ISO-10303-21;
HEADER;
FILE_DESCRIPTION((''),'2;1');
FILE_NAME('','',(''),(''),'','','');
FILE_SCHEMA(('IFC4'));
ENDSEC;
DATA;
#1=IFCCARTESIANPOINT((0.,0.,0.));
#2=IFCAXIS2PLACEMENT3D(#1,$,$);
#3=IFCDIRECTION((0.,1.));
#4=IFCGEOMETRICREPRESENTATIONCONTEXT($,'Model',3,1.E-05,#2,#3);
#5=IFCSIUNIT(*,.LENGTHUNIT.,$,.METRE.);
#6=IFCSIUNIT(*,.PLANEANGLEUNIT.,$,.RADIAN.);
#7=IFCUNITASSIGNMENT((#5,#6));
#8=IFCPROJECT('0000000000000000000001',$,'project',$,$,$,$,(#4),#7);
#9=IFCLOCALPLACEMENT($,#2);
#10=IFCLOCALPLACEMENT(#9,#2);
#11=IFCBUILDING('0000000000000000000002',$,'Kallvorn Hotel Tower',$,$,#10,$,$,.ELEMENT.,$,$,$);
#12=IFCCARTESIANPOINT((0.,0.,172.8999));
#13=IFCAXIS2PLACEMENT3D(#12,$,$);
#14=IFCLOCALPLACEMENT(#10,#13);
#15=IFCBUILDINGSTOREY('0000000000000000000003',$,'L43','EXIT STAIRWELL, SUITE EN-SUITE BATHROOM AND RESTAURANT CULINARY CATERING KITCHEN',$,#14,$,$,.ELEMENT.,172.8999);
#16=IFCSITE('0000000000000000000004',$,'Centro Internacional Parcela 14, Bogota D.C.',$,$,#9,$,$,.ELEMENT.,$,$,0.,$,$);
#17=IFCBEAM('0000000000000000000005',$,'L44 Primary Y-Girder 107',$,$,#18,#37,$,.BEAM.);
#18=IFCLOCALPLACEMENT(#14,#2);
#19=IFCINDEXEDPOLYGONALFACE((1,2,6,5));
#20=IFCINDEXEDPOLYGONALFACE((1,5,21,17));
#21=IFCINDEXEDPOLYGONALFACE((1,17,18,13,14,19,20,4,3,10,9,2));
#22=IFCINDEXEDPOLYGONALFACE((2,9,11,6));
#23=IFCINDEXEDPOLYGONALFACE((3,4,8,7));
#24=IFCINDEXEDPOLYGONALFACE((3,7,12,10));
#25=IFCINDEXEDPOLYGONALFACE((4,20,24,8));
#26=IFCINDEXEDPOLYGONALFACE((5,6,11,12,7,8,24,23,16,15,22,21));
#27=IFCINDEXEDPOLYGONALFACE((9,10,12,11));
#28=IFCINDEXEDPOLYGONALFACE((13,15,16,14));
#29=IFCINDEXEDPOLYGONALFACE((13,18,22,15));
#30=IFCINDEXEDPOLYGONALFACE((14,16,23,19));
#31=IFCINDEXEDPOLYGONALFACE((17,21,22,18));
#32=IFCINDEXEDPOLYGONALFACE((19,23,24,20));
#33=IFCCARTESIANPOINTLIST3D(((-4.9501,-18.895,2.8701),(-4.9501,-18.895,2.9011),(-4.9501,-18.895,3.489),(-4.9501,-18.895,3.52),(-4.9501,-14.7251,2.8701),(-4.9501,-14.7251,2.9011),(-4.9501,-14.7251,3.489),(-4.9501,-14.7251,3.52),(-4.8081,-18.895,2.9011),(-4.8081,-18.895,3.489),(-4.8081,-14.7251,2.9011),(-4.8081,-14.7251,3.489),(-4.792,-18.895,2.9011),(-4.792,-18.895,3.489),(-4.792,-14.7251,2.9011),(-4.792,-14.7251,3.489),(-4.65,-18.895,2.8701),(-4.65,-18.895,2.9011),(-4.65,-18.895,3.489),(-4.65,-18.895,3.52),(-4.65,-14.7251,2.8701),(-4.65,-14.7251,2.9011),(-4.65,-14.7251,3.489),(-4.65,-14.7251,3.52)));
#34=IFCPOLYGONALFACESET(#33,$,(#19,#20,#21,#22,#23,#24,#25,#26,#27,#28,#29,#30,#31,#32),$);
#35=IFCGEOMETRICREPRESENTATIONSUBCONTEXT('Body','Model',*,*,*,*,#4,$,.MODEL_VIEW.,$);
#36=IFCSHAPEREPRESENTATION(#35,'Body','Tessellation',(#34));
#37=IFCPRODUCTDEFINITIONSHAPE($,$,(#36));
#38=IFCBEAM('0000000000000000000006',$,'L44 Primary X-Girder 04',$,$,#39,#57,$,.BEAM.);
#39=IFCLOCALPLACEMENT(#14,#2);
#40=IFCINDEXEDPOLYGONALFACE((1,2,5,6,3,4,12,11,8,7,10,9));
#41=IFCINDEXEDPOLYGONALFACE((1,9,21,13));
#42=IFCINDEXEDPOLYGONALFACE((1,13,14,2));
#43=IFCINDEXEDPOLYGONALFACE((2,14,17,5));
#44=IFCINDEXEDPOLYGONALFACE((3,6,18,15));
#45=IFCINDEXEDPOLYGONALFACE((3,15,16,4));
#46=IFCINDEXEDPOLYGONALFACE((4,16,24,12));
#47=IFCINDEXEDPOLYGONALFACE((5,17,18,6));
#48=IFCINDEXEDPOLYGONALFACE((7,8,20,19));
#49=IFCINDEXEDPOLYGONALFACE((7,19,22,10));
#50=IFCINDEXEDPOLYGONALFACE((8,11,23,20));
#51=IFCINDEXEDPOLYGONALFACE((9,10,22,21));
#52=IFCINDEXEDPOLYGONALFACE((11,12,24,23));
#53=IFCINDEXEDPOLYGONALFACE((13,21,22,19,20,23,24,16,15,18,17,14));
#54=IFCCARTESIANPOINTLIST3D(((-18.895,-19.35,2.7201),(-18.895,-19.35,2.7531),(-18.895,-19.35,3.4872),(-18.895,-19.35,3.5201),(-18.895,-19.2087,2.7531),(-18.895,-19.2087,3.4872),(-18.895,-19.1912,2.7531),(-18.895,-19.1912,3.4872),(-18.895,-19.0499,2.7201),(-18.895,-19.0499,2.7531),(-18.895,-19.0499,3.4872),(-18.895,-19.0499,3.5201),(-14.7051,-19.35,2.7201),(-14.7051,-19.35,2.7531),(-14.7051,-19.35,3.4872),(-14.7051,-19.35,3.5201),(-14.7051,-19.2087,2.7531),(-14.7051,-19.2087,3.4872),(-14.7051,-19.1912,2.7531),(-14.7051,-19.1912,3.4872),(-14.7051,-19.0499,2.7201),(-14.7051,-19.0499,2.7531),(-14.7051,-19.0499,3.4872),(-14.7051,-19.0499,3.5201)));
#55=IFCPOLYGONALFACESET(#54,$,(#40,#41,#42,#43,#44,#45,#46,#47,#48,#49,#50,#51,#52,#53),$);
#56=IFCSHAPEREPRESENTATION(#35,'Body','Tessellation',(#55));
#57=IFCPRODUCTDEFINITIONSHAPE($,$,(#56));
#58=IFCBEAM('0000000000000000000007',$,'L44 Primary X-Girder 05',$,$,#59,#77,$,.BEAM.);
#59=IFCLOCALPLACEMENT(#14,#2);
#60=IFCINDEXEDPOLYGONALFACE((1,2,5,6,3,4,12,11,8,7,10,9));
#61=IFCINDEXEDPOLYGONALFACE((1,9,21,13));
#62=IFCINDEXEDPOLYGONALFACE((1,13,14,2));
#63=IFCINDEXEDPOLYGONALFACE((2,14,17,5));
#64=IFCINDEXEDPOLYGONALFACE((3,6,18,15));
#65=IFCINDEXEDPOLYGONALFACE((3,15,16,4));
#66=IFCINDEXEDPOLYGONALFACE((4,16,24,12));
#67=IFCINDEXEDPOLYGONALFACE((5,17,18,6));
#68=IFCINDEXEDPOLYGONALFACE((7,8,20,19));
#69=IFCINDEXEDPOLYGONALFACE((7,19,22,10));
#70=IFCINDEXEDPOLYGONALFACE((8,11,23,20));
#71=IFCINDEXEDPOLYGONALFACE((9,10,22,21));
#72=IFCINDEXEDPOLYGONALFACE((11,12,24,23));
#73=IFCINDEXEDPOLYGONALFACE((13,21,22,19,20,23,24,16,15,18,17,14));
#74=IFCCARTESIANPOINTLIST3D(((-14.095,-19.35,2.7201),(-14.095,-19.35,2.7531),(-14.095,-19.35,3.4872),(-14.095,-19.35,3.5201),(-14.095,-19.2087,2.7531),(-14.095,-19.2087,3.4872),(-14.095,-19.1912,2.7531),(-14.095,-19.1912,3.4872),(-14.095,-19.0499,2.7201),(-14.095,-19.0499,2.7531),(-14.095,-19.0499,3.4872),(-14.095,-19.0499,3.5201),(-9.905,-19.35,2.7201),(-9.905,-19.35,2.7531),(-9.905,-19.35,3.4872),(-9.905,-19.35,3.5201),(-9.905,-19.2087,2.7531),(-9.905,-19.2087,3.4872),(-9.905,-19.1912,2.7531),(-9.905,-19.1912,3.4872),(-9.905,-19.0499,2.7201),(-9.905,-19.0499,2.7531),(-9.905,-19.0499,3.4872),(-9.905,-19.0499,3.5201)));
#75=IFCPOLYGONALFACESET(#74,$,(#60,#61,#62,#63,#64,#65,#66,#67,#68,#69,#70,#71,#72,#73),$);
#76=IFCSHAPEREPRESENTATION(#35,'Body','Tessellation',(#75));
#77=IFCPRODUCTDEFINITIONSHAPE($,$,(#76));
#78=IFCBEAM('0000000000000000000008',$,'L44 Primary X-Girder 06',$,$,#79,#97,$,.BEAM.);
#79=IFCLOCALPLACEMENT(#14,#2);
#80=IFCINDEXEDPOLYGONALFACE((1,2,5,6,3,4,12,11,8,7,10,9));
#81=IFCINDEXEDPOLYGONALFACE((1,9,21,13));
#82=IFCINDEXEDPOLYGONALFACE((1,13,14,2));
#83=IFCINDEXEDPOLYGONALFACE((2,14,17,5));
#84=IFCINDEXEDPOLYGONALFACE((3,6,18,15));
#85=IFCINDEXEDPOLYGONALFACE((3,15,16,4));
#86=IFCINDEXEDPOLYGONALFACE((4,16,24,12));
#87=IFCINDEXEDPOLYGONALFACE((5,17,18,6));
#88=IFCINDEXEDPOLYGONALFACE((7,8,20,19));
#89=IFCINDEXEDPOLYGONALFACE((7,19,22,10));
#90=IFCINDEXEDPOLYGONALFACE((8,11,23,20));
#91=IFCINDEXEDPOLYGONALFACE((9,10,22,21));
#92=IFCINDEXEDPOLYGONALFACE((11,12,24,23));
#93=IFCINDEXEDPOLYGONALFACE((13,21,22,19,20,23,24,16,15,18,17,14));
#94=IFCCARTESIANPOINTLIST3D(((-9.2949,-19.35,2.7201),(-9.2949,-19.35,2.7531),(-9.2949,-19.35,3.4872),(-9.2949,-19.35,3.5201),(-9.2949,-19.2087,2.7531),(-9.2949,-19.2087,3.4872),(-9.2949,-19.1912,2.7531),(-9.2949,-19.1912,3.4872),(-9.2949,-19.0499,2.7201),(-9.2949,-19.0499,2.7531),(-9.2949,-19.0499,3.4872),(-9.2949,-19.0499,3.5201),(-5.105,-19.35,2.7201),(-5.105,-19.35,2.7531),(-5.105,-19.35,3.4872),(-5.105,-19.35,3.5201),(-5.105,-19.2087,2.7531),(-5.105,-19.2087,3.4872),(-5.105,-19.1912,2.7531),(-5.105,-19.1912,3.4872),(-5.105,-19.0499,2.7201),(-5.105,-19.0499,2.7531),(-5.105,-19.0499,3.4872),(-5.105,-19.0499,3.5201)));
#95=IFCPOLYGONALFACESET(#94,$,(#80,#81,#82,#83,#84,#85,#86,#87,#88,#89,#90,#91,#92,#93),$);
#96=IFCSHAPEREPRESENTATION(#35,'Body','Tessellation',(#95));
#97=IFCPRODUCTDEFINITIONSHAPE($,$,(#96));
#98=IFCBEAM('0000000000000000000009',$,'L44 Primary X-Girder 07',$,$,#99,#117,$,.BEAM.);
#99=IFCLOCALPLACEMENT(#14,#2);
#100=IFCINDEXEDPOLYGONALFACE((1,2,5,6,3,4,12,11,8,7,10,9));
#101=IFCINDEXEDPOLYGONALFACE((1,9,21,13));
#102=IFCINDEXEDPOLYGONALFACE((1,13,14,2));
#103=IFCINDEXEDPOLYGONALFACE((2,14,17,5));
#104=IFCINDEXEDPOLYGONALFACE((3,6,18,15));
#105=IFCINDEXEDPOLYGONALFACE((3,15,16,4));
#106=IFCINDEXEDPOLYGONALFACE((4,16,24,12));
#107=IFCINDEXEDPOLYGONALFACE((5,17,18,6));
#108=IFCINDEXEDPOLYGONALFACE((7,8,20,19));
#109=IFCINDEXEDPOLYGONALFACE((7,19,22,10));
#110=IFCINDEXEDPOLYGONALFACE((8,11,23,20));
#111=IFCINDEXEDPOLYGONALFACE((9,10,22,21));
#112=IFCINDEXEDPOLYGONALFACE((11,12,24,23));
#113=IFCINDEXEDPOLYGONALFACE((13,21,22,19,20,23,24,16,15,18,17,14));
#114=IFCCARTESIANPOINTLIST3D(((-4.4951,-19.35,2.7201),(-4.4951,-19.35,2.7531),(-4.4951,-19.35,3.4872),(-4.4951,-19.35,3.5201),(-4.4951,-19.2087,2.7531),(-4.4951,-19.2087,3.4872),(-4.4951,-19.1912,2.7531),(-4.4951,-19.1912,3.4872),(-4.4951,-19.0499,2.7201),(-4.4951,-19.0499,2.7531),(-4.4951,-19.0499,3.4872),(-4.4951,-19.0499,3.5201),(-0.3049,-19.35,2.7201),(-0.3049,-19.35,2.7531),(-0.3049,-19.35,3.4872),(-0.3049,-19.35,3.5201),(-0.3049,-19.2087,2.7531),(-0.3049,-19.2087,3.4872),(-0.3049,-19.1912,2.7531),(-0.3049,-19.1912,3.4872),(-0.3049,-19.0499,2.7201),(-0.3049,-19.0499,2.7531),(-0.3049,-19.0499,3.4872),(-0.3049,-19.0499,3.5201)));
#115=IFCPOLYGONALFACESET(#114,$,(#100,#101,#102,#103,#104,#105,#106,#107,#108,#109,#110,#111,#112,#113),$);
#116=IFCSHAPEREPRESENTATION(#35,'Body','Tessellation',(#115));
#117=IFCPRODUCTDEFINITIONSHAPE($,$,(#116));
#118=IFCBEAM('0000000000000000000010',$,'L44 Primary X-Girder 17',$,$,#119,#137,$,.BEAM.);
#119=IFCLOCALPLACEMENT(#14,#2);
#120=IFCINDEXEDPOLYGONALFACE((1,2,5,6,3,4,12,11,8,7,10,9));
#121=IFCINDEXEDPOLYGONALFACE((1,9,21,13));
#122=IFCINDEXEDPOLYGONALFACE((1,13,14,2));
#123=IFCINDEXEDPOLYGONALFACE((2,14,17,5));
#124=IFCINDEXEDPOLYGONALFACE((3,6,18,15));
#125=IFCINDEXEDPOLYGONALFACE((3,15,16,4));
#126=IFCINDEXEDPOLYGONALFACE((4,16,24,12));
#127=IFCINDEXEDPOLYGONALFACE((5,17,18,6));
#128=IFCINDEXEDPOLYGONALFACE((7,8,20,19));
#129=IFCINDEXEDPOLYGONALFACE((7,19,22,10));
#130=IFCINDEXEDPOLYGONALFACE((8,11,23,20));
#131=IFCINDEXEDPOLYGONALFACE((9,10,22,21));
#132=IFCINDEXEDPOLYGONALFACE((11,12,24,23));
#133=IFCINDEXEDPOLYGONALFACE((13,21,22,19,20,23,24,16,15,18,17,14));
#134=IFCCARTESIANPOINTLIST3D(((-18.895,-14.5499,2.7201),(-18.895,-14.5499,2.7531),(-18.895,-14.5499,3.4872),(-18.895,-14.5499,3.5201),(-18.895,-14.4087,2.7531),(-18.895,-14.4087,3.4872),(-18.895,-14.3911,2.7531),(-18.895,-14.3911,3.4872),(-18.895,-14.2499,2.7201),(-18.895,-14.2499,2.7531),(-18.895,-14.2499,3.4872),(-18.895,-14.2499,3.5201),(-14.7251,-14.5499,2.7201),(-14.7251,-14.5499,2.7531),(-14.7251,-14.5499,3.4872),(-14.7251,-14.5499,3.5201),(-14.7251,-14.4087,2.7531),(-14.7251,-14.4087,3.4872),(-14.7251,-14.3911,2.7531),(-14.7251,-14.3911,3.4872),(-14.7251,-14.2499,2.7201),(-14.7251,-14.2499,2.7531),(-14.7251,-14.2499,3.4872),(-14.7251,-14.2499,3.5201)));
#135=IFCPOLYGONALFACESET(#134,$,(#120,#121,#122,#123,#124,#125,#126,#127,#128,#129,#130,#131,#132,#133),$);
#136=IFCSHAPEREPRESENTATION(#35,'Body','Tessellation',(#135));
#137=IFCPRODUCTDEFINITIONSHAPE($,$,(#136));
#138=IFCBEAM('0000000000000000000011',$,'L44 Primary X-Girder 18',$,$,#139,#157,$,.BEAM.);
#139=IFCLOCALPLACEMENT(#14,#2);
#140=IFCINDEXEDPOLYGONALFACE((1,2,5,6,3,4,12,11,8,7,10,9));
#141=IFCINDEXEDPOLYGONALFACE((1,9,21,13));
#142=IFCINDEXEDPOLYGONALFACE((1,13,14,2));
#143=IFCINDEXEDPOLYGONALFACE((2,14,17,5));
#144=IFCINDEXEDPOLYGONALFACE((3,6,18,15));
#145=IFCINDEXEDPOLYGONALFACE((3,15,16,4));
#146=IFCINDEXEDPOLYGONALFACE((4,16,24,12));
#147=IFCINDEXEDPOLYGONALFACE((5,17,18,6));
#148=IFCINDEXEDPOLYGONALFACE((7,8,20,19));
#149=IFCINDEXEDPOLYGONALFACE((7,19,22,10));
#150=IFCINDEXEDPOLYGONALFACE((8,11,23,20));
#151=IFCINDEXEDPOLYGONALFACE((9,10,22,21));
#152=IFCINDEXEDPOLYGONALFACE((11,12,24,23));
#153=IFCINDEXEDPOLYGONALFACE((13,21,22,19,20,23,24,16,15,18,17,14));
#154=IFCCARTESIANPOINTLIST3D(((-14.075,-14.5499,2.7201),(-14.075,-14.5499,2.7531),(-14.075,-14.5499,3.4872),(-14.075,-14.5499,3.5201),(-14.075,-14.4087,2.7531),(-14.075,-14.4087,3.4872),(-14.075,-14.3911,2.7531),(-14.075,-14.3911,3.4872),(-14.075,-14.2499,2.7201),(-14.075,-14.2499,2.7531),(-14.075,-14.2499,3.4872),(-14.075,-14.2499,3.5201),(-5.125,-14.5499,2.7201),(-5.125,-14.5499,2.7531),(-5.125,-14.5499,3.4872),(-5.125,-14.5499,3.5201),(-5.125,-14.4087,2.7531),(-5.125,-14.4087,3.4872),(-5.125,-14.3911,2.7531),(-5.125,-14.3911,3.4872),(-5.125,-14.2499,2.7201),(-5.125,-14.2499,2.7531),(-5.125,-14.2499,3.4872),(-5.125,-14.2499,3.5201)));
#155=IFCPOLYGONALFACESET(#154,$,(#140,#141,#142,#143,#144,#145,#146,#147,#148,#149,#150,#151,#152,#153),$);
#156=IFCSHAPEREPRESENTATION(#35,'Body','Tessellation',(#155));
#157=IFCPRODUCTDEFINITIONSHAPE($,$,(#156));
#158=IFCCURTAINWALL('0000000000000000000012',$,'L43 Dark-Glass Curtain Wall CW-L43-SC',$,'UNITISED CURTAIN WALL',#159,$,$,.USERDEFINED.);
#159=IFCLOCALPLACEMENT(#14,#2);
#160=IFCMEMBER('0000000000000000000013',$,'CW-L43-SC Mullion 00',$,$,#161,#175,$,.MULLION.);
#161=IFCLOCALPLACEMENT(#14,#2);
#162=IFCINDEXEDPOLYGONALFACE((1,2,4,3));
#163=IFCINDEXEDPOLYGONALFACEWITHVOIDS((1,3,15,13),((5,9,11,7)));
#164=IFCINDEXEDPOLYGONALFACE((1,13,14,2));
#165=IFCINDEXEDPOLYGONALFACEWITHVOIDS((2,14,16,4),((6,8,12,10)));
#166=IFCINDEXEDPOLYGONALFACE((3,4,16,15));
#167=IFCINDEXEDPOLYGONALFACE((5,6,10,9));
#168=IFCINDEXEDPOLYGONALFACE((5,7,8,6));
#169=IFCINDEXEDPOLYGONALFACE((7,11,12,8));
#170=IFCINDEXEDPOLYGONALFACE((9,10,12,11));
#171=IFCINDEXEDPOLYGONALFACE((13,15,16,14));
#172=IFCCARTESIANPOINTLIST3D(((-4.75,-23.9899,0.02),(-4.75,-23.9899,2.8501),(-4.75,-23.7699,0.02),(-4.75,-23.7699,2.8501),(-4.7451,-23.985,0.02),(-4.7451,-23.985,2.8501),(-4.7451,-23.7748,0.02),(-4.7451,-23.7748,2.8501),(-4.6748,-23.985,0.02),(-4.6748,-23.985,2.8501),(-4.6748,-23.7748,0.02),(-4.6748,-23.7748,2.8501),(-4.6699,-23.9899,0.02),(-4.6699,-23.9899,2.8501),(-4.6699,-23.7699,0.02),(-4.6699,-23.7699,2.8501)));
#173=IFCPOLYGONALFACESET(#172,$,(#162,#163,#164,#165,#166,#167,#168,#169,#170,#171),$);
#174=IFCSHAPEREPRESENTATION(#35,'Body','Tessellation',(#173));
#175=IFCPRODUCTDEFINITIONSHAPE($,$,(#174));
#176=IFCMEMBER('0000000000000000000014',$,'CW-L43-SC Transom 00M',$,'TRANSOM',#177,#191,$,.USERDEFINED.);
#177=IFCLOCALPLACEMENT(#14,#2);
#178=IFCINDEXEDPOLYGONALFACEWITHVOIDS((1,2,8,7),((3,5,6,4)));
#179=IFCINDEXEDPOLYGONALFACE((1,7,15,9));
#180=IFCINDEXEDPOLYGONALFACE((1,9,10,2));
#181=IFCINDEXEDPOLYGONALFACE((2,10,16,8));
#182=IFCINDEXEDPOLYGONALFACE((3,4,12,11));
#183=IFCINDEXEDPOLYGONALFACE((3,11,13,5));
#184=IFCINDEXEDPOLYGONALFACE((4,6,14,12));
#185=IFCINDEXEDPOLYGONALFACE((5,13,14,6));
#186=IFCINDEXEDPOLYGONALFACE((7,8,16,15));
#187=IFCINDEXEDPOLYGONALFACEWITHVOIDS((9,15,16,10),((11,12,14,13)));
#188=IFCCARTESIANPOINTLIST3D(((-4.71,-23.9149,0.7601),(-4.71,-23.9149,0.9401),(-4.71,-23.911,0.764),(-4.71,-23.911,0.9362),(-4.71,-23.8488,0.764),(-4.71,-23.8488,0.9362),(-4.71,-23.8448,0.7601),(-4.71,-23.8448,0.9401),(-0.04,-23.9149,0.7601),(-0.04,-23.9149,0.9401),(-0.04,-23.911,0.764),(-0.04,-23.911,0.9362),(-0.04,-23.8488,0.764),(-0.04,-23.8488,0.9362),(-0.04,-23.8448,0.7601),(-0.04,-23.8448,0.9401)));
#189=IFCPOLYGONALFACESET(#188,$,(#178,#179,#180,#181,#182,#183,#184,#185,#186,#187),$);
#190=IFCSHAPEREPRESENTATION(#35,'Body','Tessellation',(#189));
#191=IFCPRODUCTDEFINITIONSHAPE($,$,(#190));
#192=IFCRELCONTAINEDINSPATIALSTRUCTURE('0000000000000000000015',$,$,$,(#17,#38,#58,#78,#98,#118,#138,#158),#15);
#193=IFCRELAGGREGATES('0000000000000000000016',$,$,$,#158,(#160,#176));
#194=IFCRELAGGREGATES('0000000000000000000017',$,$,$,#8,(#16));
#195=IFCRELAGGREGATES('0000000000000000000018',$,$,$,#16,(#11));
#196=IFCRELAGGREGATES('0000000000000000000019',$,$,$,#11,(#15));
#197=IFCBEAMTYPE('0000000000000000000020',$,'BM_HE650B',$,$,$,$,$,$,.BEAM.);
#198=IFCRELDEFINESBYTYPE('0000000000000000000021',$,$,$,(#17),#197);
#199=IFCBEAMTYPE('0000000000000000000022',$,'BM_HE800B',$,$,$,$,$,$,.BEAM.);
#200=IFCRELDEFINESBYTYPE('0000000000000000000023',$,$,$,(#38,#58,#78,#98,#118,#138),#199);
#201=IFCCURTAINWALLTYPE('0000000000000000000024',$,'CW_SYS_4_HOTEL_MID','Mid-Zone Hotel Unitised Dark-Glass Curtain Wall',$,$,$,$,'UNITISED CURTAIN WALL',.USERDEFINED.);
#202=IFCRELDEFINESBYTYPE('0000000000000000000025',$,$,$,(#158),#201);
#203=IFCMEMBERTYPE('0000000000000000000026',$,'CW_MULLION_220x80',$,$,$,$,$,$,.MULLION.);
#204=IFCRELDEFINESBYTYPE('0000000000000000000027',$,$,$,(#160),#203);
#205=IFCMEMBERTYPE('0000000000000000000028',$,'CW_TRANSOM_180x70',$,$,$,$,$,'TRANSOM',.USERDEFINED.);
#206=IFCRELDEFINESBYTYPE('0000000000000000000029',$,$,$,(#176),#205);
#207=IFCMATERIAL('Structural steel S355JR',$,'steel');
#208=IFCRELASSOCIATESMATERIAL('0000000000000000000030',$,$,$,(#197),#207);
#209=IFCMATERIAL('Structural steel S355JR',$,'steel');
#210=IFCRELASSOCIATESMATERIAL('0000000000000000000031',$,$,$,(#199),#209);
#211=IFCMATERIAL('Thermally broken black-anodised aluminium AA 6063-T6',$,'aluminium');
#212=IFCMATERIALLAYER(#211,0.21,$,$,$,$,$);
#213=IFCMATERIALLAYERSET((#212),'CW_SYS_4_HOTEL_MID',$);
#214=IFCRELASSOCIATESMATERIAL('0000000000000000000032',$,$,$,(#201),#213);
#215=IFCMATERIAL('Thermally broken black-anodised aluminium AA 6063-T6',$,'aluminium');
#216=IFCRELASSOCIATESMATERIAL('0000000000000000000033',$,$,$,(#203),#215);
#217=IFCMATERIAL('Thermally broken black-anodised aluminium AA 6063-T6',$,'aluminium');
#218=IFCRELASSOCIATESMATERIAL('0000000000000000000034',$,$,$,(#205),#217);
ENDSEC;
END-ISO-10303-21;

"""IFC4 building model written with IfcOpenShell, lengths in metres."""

from ifc_helpers import new_model, si_unit, direction, frame, origin, origin_2d, place, context, subcontext, project, spatial, hollow_rectangle, i_section, extrude, material, layer, layer_set, material_profile, profile_set, type_object, element, aggregate, save


model = new_model("IFC4")

# Units and contexts
model_context = context("Model", 3, precision=1e-05, world=origin(), true_north=direction((0.0, 1.0)))
body_context = subcontext(model_context, "Body", "Model", "MODEL_VIEW")
ifc_project = project(units=[si_unit("LENGTHUNIT", "METRE"), si_unit("PLANEANGLEUNIT", "RADIAN")], contexts=[model_context])

# Site, building, storey
site_placement = place(None, origin())
site = spatial("IfcSite", under=ifc_project, at=site_placement, Name="Centro Internacional Parcela 14, Bogota D.C.", CompositionType="ELEMENT", RefElevation=0.0)
building_placement = place(site_placement, origin())
building = spatial("IfcBuilding", under=site, at=building_placement, Name="Kallvorn Hotel Tower", CompositionType="ELEMENT")
storey_placement = place(building_placement, frame((0.0, 0.0, 172.8999)))
storey = spatial("IfcBuildingStorey", under=building, at=storey_placement, Name="L43", Description="EXIT STAIRWELL, SUITE EN-SUITE BATHROOM AND RESTAURANT CULINARY CATERING KITCHEN", CompositionType="ELEMENT", Elevation=172.8999)

# Beams
ifc_material_1 = material(Name="Structural steel S355JR", Category="steel")
ifc_material_profile_1 = material_profile(ifc_material_1, i_section(OverallWidth=0.3, OverallDepth=0.6499, WebThickness=0.0161, FlangeThickness=0.031, at=origin_2d()), Name="HE 650 B")
ifc_profile_set_1 = profile_set([ifc_material_profile_1], Name="Structural steel S355JR")
beam_type_1 = type_object("IfcBeamType", Name="BM_HE650B", PredefinedType="BEAM", material=ifc_profile_set_1)
beam_1_placement = place(storey_placement, frame((-4.8, -18.895, 3.1951), z_axis=(0.0, 1.0, 0.0), x_axis=(-1.0, 0.0, 0.0)))
element("IfcBeam", 1, at=beam_1_placement, inside=storey, type_object=beam_type_1, Name="L44 Primary Y-Girder 107", PredefinedType="BEAM", context=body_context, shape_type="SweptSolid", body=[
    extrude(i_section(OverallWidth=0.3, OverallDepth=0.6499, WebThickness=0.0161, FlangeThickness=0.031, at=origin_2d()), origin(), (0.0, 0.0, 1.0), 4.1699),
])
ifc_material_2 = material(Name="Structural steel S355JR", Category="steel")
ifc_material_profile_2 = material_profile(ifc_material_2, i_section(OverallWidth=0.3, OverallDepth=0.8, WebThickness=0.0176, FlangeThickness=0.033, at=origin_2d()), Name="HE 800 B")
ifc_profile_set_2 = profile_set([ifc_material_profile_2], Name="Structural steel S355JR")
beam_type_2 = type_object("IfcBeamType", Name="BM_HE800B", PredefinedType="BEAM", material=ifc_profile_set_2)
for number, where, z_axis, x_axis, name in (
    (2, (-18.895, -19.2, 3.1201), (1.0, 0.0, 0.0), (0.0, 1.0, 0.0), "L44 Primary X-Girder 04"),
    (3, (-14.095, -19.2, 3.1201), (1.0, 0.0, 0.0), (0.0, 1.0, 0.0), "L44 Primary X-Girder 05"),
    (4, (-9.2949, -19.2, 3.1201), (1.0, 0.0, 0.0), (0.0, 1.0, 0.0), "L44 Primary X-Girder 06"),
):
    element("IfcBeam", number, at=place(storey_placement, frame(where, z_axis=z_axis, x_axis=x_axis)), inside=storey, type_object=beam_type_2, Name=name, PredefinedType="BEAM", context=body_context, shape_type="SweptSolid", body=[
        extrude(i_section(OverallWidth=0.3, OverallDepth=0.8, WebThickness=0.0176, FlangeThickness=0.033, at=origin_2d()), origin(), (0.0, 0.0, 1.0), 4.1899),
    ])
beam_2_placement = place(storey_placement, frame((-4.4951, -19.2, 3.1201), z_axis=(1.0, 0.0, 0.0), x_axis=(0.0, 1.0, 0.0)))
element("IfcBeam", 5, at=beam_2_placement, inside=storey, type_object=beam_type_2, Name="L44 Primary X-Girder 07", PredefinedType="BEAM", context=body_context, shape_type="SweptSolid", body=[
    extrude(i_section(OverallWidth=0.3, OverallDepth=0.8, WebThickness=0.0176, FlangeThickness=0.033, at=origin_2d()), origin(), (0.0, 0.0, 1.0), 4.1902),
])
beam_3_placement = place(storey_placement, frame((-18.895, -14.3999, 3.1201), z_axis=(1.0, 0.0, 0.0), x_axis=(0.0, 1.0, 0.0)))
element("IfcBeam", 6, at=beam_3_placement, inside=storey, type_object=beam_type_2, Name="L44 Primary X-Girder 17", PredefinedType="BEAM", context=body_context, shape_type="SweptSolid", body=[
    extrude(i_section(OverallWidth=0.3, OverallDepth=0.8, WebThickness=0.0176, FlangeThickness=0.033, at=origin_2d()), origin(), (0.0, 0.0, 1.0), 4.1699),
])
beam_4_placement = place(storey_placement, frame((-14.075, -14.3999, 3.1201), z_axis=(1.0, 0.0, 0.0), x_axis=(0.0, 1.0, 0.0)))
element("IfcBeam", 7, at=beam_4_placement, inside=storey, type_object=beam_type_2, Name="L44 Primary X-Girder 18", PredefinedType="BEAM", context=body_context, shape_type="SweptSolid", body=[
    extrude(i_section(OverallWidth=0.3, OverallDepth=0.8, WebThickness=0.0176, FlangeThickness=0.033, at=origin_2d()), origin(), (0.0, 0.0, 1.0), 8.95),
])

# Curtain wall, members
ifc_material_3 = material(Name="Thermally broken black-anodised aluminium AA 6063-T6", Category="aluminium")
ifc_layer_1 = layer(ifc_material_3, 0.21)
ifc_layer_set_1 = layer_set([ifc_layer_1], Name="CW_SYS_4_HOTEL_MID")
curtain_wall_type = type_object("IfcCurtainWallType", Name="CW_SYS_4_HOTEL_MID", Description="Mid-Zone Hotel Unitised Dark-Glass Curtain Wall", ElementType="UNITISED CURTAIN WALL", PredefinedType="USERDEFINED", material=ifc_layer_set_1)
curtain_wall_placement = place(storey_placement, origin())
curtain_wall = element("IfcCurtainWall", 8, at=curtain_wall_placement, inside=storey, type_object=curtain_wall_type, Name="L43 Dark-Glass Curtain Wall CW-L43-SC", ObjectType="UNITISED CURTAIN WALL", PredefinedType="USERDEFINED")
ifc_material_4 = material(Name="Thermally broken black-anodised aluminium AA 6063-T6", Category="aluminium")
ifc_material_profile_3 = material_profile(ifc_material_4, hollow_rectangle(XDim=0.0801, YDim=0.22, WallThickness=0.0049, at=origin_2d()), Name="MUL 220x80")
ifc_profile_set_3 = profile_set([ifc_material_profile_3], Name="Thermally broken black-anodised aluminium AA 6063-T6")
member_type_1 = type_object("IfcMemberType", Name="CW_MULLION_220x80", PredefinedType="MULLION", material=ifc_profile_set_3)
member_1_placement = place(storey_placement, frame((-4.71, -23.8799, 0.02), z_axis=(0.0, 0.0, 1.0), x_axis=(1.0, 0.0, 0.0)))
member_1 = element("IfcMember", 9, at=member_1_placement, type_object=member_type_1, Name="CW-L43-SC Mullion 00", PredefinedType="MULLION", context=body_context, shape_type="SweptSolid", body=[
    extrude(hollow_rectangle(XDim=0.0801, YDim=0.22, WallThickness=0.0049, at=origin_2d()), origin(), (0.0, 0.0, 1.0), 2.8301),
])
ifc_material_5 = material(Name="Thermally broken black-anodised aluminium AA 6063-T6", Category="aluminium")
ifc_material_profile_4 = material_profile(ifc_material_5, hollow_rectangle(XDim=0.0701, YDim=0.1799, WallThickness=0.0039, at=origin_2d()), Name="TRN 180x70")
ifc_profile_set_4 = profile_set([ifc_material_profile_4], Name="Thermally broken black-anodised aluminium AA 6063-T6")
member_type_2 = type_object("IfcMemberType", Name="CW_TRANSOM_180x70", ElementType="TRANSOM", PredefinedType="USERDEFINED", material=ifc_profile_set_4)
member_2_placement = place(storey_placement, frame((-4.71, -23.8799, 0.8501), z_axis=(1.0, 0.0, 0.0), x_axis=(0.0, 1.0, 0.0)))
member_2 = element("IfcMember", 10, at=member_2_placement, type_object=member_type_2, Name="CW-L43-SC Transom 00M", ObjectType="TRANSOM", PredefinedType="USERDEFINED", context=body_context, shape_type="SweptSolid", body=[
    extrude(hollow_rectangle(XDim=0.0701, YDim=0.1799, WallThickness=0.0039, at=origin_2d()), origin(), (0.0, 0.0, 1.0), 4.6699),
])
aggregate(curtain_wall, [member_1, member_2])

save(model, "model.ifc")
